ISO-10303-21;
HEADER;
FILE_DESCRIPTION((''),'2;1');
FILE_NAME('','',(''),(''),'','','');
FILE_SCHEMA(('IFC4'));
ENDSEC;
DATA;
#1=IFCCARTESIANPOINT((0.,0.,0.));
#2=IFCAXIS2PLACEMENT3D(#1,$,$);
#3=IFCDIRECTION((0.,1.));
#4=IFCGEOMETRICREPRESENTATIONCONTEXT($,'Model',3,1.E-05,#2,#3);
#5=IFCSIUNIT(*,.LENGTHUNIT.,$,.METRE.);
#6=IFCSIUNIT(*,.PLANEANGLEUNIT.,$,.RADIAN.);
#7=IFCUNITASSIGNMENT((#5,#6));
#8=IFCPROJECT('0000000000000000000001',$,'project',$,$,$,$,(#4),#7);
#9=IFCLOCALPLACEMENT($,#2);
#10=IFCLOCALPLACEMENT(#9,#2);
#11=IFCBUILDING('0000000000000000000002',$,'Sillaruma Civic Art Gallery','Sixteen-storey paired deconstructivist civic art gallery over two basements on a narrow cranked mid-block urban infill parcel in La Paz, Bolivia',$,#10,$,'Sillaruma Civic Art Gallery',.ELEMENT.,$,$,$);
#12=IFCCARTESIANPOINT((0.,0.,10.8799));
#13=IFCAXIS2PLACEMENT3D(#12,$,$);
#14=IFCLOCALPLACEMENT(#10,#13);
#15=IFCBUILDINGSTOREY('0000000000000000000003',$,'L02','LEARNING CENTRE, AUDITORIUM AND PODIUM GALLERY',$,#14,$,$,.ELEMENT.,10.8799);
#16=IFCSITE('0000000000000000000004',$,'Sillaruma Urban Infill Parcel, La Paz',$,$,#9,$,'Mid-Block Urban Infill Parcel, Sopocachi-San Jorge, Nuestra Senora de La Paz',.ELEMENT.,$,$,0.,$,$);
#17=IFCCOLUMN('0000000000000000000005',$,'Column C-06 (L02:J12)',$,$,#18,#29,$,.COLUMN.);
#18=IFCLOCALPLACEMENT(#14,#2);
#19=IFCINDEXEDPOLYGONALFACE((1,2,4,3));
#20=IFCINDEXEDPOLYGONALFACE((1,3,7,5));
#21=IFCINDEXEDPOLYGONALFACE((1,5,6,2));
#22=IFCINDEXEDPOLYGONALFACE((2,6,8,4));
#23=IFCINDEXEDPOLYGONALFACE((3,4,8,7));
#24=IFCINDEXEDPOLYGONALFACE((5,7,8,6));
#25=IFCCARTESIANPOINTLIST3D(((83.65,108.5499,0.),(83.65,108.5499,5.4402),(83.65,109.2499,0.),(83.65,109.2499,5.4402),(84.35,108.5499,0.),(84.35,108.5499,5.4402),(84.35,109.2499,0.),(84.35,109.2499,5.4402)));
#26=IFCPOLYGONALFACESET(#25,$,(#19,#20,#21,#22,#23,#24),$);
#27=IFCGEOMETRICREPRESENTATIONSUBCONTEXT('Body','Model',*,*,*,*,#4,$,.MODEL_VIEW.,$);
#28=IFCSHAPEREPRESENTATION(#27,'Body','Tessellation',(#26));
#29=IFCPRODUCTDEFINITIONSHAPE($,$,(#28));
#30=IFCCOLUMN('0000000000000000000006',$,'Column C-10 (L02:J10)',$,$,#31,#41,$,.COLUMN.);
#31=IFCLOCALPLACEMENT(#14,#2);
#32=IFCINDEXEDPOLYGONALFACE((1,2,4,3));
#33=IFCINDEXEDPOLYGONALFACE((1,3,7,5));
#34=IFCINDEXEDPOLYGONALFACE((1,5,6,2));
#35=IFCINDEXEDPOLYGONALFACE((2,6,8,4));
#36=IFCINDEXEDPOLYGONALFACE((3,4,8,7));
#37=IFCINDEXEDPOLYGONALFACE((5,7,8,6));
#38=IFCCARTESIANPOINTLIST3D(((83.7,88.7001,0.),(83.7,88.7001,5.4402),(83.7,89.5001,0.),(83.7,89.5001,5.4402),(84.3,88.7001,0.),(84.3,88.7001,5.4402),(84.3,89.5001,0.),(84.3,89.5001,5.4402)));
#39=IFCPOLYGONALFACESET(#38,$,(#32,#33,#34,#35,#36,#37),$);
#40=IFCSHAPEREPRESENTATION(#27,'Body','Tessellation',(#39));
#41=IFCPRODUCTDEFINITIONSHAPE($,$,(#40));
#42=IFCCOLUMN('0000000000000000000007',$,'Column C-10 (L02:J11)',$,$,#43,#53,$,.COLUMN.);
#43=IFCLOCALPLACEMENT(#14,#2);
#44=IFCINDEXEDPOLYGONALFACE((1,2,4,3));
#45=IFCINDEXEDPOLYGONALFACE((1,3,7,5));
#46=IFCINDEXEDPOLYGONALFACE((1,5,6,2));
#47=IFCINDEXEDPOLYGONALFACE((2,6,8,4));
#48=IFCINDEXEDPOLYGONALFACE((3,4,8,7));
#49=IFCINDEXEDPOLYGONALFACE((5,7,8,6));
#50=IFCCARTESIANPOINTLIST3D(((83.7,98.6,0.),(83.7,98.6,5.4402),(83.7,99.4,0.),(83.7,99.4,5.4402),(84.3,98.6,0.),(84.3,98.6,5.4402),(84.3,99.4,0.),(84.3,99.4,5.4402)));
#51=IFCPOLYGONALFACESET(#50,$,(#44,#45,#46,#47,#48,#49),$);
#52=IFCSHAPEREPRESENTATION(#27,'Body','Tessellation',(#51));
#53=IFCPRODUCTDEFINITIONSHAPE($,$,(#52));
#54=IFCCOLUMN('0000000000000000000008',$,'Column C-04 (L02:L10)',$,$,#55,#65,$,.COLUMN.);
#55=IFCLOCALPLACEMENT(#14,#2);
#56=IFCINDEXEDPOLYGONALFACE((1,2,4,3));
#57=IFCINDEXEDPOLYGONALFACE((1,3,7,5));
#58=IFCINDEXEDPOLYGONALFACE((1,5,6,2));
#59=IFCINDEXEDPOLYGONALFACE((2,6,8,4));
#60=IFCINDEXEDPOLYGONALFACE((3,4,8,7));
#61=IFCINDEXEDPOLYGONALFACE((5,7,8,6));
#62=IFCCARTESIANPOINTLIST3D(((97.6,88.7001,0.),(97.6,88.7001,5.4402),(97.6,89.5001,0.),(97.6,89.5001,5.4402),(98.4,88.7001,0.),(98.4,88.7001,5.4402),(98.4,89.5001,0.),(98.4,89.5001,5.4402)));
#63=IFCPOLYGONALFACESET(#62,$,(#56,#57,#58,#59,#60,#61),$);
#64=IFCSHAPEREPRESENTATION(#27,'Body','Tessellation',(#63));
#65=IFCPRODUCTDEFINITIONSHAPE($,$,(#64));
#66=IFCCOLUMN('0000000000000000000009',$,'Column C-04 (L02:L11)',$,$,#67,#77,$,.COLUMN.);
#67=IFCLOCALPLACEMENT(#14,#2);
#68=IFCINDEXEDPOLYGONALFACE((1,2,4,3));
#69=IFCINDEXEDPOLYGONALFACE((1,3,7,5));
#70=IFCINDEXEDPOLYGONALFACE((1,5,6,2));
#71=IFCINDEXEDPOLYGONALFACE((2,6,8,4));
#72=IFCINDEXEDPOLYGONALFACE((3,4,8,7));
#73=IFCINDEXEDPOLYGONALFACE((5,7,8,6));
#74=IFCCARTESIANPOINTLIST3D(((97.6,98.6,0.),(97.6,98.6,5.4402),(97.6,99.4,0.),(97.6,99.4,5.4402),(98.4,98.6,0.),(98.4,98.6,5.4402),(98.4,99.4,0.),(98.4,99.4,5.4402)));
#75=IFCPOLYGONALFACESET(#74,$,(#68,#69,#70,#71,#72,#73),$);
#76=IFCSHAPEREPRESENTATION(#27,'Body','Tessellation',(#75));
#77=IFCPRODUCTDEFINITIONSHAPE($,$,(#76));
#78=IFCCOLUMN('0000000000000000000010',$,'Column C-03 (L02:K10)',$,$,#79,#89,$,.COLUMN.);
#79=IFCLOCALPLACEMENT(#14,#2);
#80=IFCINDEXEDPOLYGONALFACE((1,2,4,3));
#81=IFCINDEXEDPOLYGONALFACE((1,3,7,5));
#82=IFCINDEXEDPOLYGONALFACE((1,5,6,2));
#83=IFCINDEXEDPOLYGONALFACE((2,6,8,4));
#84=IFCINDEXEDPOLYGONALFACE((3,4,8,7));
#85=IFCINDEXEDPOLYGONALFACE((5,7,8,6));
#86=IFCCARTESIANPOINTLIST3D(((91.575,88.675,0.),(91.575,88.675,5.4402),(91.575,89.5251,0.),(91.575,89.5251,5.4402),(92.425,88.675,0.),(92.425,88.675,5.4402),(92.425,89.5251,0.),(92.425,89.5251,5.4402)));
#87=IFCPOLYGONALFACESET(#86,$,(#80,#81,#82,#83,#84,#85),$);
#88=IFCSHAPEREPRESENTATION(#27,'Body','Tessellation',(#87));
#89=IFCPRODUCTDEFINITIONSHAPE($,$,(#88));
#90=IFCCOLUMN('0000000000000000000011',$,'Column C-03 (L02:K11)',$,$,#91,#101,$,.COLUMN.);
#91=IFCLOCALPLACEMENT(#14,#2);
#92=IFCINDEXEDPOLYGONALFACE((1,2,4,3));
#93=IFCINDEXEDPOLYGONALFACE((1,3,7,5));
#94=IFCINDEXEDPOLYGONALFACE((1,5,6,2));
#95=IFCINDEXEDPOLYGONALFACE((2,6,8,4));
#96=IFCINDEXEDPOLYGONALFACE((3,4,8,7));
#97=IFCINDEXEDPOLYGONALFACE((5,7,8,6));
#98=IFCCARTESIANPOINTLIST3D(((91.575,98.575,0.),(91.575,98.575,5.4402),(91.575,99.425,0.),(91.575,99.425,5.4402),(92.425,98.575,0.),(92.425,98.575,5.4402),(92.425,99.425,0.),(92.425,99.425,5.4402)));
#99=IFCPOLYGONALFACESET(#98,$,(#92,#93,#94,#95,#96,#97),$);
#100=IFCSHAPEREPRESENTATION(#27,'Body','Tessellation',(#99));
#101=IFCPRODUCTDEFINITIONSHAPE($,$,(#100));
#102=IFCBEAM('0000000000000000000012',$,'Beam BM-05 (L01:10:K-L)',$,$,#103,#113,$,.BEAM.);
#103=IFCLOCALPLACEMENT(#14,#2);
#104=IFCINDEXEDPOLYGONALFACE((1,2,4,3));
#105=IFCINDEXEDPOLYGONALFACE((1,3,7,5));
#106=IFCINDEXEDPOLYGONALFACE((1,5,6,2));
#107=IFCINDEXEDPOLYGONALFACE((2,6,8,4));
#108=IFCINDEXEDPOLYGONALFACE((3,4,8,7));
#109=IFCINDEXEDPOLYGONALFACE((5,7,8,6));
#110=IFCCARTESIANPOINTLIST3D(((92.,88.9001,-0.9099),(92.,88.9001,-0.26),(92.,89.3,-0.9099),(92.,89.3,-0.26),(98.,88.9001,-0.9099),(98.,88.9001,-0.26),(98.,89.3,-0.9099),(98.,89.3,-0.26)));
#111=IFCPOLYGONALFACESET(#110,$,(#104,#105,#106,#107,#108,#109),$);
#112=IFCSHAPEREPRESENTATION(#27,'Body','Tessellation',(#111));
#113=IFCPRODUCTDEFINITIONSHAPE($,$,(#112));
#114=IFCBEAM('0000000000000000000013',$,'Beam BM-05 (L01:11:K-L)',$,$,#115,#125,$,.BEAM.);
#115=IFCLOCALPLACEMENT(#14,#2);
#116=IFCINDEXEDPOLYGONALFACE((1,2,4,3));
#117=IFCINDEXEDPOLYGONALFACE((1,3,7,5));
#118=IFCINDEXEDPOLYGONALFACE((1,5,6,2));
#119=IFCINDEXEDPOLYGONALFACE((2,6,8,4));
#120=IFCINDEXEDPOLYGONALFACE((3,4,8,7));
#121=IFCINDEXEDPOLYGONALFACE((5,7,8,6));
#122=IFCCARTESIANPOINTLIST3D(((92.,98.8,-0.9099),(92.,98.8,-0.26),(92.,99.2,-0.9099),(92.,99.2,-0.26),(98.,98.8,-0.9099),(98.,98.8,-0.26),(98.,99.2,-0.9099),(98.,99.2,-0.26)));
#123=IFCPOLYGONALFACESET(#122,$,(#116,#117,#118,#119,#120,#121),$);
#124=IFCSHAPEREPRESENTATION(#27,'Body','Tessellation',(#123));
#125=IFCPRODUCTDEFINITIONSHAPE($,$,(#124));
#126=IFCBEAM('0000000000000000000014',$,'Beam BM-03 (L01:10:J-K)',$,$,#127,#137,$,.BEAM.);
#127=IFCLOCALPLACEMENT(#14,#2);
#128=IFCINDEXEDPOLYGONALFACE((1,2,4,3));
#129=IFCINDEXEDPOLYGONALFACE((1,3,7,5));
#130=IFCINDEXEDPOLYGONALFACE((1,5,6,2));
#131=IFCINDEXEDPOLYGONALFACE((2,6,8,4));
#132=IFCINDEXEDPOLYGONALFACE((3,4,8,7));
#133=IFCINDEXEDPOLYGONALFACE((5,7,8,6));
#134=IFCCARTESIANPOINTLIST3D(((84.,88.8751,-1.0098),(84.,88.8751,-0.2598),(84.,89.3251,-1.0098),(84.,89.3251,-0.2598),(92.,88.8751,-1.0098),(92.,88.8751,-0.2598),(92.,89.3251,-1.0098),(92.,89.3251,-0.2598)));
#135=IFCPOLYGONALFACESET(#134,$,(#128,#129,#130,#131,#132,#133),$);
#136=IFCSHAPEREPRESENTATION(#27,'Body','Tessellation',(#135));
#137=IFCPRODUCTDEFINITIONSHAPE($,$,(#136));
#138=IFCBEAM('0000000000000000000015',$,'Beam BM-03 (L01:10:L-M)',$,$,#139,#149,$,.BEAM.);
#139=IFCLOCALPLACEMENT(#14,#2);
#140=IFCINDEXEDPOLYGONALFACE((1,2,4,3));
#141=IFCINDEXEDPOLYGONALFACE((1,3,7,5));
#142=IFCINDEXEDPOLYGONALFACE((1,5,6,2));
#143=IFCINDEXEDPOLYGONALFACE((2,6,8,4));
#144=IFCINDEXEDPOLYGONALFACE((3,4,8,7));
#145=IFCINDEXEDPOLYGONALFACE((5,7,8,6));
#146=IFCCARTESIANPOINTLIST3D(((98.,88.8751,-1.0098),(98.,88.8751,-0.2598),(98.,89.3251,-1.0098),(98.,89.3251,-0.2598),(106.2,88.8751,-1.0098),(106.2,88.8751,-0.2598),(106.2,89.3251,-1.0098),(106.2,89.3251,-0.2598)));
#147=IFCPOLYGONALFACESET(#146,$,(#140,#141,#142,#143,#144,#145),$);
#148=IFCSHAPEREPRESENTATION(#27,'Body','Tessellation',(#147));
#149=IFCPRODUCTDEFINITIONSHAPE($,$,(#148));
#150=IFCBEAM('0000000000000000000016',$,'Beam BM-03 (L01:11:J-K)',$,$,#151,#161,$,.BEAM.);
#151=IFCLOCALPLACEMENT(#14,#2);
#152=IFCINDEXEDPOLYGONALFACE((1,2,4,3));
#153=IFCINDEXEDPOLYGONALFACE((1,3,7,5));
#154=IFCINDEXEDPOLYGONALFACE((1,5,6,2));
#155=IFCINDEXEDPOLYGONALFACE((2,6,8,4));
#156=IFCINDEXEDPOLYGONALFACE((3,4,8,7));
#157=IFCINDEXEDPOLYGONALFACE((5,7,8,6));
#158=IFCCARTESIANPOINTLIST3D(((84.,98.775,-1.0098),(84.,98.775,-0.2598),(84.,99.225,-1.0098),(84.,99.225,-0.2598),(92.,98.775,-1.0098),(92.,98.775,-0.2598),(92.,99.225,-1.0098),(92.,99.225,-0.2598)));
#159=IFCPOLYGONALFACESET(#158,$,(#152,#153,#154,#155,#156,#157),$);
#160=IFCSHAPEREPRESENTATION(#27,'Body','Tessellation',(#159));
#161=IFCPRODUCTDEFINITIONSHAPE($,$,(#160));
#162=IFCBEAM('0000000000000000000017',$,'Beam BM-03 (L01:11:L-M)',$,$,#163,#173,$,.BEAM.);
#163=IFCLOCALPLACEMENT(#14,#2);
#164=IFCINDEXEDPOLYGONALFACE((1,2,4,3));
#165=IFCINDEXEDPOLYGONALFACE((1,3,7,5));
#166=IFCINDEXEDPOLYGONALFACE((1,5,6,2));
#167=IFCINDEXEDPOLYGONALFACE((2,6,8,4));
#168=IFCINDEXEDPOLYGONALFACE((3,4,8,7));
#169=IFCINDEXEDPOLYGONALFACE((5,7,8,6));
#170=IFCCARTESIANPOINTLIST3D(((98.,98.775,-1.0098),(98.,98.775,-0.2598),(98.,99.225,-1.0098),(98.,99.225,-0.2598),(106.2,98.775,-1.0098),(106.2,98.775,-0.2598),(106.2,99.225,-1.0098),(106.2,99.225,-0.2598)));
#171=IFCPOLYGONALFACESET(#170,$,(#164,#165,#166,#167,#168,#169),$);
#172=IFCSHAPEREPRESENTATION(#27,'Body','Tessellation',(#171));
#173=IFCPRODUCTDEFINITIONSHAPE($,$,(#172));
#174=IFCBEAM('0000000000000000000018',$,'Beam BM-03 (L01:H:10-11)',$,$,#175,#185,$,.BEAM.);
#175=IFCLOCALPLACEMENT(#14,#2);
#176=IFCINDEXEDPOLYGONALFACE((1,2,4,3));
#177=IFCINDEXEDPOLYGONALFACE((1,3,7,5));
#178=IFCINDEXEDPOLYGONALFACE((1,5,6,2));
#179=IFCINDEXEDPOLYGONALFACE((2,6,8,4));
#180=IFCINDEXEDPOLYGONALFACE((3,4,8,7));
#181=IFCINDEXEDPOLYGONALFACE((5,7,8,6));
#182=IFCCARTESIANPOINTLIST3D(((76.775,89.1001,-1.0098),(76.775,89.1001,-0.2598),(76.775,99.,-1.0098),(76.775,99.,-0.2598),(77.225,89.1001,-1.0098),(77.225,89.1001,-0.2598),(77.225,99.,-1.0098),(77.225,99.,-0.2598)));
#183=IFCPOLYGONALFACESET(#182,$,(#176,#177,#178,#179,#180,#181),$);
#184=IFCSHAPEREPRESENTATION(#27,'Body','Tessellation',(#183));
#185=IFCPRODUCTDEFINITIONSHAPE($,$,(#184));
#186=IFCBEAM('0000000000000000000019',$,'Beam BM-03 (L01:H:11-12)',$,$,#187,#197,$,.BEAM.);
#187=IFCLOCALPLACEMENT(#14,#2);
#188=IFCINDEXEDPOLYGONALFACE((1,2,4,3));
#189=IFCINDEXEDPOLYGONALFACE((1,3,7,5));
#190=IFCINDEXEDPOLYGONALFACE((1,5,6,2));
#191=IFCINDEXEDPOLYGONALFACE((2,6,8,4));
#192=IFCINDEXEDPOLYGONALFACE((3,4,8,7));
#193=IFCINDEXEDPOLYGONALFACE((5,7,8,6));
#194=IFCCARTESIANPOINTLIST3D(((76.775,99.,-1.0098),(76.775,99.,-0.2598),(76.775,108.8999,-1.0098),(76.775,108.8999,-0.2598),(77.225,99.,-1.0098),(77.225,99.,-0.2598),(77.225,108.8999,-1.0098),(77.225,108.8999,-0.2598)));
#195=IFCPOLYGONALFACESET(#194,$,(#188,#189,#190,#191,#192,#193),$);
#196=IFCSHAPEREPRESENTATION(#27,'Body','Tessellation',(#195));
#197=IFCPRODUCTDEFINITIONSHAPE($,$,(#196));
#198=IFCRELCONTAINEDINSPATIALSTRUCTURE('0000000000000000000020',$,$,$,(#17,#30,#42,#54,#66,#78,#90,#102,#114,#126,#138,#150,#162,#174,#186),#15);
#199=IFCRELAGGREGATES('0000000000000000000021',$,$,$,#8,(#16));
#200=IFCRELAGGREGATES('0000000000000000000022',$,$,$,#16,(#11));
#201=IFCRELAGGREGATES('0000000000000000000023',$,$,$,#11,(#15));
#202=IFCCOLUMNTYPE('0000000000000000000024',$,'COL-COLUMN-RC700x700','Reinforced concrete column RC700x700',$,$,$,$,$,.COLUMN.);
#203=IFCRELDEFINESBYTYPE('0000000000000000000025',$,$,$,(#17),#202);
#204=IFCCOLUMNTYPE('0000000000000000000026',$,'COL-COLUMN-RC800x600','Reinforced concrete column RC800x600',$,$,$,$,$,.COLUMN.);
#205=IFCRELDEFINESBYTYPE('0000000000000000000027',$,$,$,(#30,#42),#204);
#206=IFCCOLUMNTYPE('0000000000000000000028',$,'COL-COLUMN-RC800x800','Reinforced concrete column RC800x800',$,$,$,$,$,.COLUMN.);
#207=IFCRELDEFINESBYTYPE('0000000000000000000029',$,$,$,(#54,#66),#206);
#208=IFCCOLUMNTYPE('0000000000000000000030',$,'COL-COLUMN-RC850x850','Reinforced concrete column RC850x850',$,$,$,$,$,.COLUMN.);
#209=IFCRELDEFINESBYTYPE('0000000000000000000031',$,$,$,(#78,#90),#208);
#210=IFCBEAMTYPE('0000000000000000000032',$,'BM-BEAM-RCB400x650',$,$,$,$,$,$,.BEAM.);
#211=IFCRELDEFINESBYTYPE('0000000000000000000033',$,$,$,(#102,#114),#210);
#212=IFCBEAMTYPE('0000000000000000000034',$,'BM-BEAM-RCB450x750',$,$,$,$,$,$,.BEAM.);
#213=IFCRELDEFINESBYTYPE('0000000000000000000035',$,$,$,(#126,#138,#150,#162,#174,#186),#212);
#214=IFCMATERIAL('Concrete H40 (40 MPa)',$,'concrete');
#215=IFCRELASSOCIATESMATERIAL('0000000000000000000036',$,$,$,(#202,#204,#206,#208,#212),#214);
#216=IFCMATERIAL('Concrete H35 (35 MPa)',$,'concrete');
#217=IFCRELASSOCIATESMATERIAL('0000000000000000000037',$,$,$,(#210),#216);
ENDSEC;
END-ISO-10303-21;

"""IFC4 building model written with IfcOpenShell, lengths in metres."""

from ifc_helpers import new_model, si_unit, direction, frame, origin, origin_2d, place, context, subcontext, project, spatial, rectangle, extrude, material, material_profile, profile_set, type_object, element, save


model = new_model("IFC4")

# Units and contexts
model_context = context("Model", 3, precision=1e-05, world=origin(), true_north=direction((0.0, 1.0)))
body_context = subcontext(model_context, "Body", "Model", "MODEL_VIEW")
ifc_project = project(units=[si_unit("LENGTHUNIT", "METRE"), si_unit("PLANEANGLEUNIT", "RADIAN")], contexts=[model_context])

# Site, building, storey
site_placement = place(None, origin())
site = spatial("IfcSite", under=ifc_project, at=site_placement, Name="Sillaruma Urban Infill Parcel, La Paz", LongName="Mid-Block Urban Infill Parcel, Sopocachi-San Jorge, Nuestra Senora de La Paz", CompositionType="ELEMENT", RefElevation=0.0)
building_placement = place(site_placement, origin())
building = spatial("IfcBuilding", under=site, at=building_placement, Name="Sillaruma Civic Art Gallery", Description="Sixteen-storey paired deconstructivist civic art gallery over two basements on a narrow cranked mid-block urban infill parcel in La Paz, Bolivia", LongName="Sillaruma Civic Art Gallery", CompositionType="ELEMENT")
storey_placement = place(building_placement, frame((0.0, 0.0, 10.8799)))
storey = spatial("IfcBuildingStorey", under=building, at=storey_placement, Name="L02", Description="LEARNING CENTRE, AUDITORIUM AND PODIUM GALLERY", CompositionType="ELEMENT", Elevation=10.8799)

# Columns
ifc_material_1 = material(Name="Concrete H40 (40 MPa)", Category="concrete")
ifc_material_profile_1 = material_profile(ifc_material_1, rectangle(XDim=0.7, YDim=0.7, at=origin_2d()), Name="RC700x700")
ifc_profile_set_1 = profile_set([ifc_material_profile_1], Name="Concrete H40 (40 MPa)")
column_type_1 = type_object("IfcColumnType", Name="COL-COLUMN-RC700x700", Description="Reinforced concrete column RC700x700", PredefinedType="COLUMN", material=ifc_profile_set_1)
column_placement = place(storey_placement, frame((84.0, 108.8999, 0.0), z_axis=(0.0, 0.0, 1.0), x_axis=(1.0, 0.0, 0.0)))
element("IfcColumn", 1, at=column_placement, inside=storey, type_object=column_type_1, Name="Column C-06 (L02:J12)", PredefinedType="COLUMN", context=body_context, shape_type="SweptSolid", body=[
    extrude(rectangle(XDim=0.7, YDim=0.7, at=origin_2d()), origin(), (0.0, 0.0, 1.0), 5.4402),
])
ifc_material_profile_2 = material_profile(ifc_material_1, rectangle(XDim=0.6001, YDim=0.8, at=origin_2d()), Name="RC800x600")
ifc_profile_set_2 = profile_set([ifc_material_profile_2], Name="Concrete H40 (40 MPa)")
column_type_2 = type_object("IfcColumnType", Name="COL-COLUMN-RC800x600", Description="Reinforced concrete column RC800x600", PredefinedType="COLUMN", material=ifc_profile_set_2)
for number, where, z_axis, x_axis, name in (
    (2, (84.0, 89.1001, 0.0), (0.0, 0.0, 1.0), (1.0, 0.0, 0.0), "Column C-10 (L02:J10)"),
    (3, (84.0, 99.0, 0.0), (0.0, 0.0, 1.0), (1.0, 0.0, 0.0), "Column C-10 (L02:J11)"),
):
    element("IfcColumn", number, at=place(storey_placement, frame(where, z_axis=z_axis, x_axis=x_axis)), inside=storey, type_object=column_type_2, Name=name, PredefinedType="COLUMN", context=body_context, shape_type="SweptSolid", body=[
        extrude(rectangle(XDim=0.6001, YDim=0.8, at=origin_2d()), origin(), (0.0, 0.0, 1.0), 5.4402),
    ])
ifc_material_profile_3 = material_profile(ifc_material_1, rectangle(XDim=0.8, YDim=0.8, at=origin_2d()), Name="RC800x800")
ifc_profile_set_3 = profile_set([ifc_material_profile_3], Name="Concrete H40 (40 MPa)")
column_type_3 = type_object("IfcColumnType", Name="COL-COLUMN-RC800x800", Description="Reinforced concrete column RC800x800", PredefinedType="COLUMN", material=ifc_profile_set_3)
for number, where, z_axis, x_axis, name in (
    (4, (98.0, 89.1001, 0.0), (0.0, 0.0, 1.0), (1.0, 0.0, 0.0), "Column C-04 (L02:L10)"),
    (5, (98.0, 99.0, 0.0), (0.0, 0.0, 1.0), (1.0, 0.0, 0.0), "Column C-04 (L02:L11)"),
):
    element("IfcColumn", number, at=place(storey_placement, frame(where, z_axis=z_axis, x_axis=x_axis)), inside=storey, type_object=column_type_3, Name=name, PredefinedType="COLUMN", context=body_context, shape_type="SweptSolid", body=[
        extrude(rectangle(XDim=0.8, YDim=0.8, at=origin_2d()), origin(), (0.0, 0.0, 1.0), 5.4402),
    ])
ifc_material_profile_4 = material_profile(ifc_material_1, rectangle(XDim=0.8501, YDim=0.8501, at=origin_2d()), Name="RC850x850")
ifc_profile_set_4 = profile_set([ifc_material_profile_4], Name="Concrete H40 (40 MPa)")
column_type_4 = type_object("IfcColumnType", Name="COL-COLUMN-RC850x850", Description="Reinforced concrete column RC850x850", PredefinedType="COLUMN", material=ifc_profile_set_4)
for number, where, z_axis, x_axis, name in (
    (6, (92.0, 89.1001, 0.0), (0.0, 0.0, 1.0), (1.0, 0.0, 0.0), "Column C-03 (L02:K10)"),
    (7, (92.0, 99.0, 0.0), (0.0, 0.0, 1.0), (1.0, 0.0, 0.0), "Column C-03 (L02:K11)"),
):
    element("IfcColumn", number, at=place(storey_placement, frame(where, z_axis=z_axis, x_axis=x_axis)), inside=storey, type_object=column_type_4, Name=name, PredefinedType="COLUMN", context=body_context, shape_type="SweptSolid", body=[
        extrude(rectangle(XDim=0.8501, YDim=0.8501, at=origin_2d()), origin(), (0.0, 0.0, 1.0), 5.4402),
    ])

# Beams
ifc_material_2 = material(Name="Concrete H35 (35 MPa)", Category="concrete")
ifc_material_profile_5 = material_profile(ifc_material_2, rectangle(XDim=0.3999, YDim=0.6499, at=origin_2d()), Name="RCB400x650")
ifc_profile_set_5 = profile_set([ifc_material_profile_5], Name="Concrete H35 (35 MPa)")
beam_type_1 = type_object("IfcBeamType", Name="BM-BEAM-RCB400x650", PredefinedType="BEAM", material=ifc_profile_set_5)
for number, where, z_axis, x_axis, name in (
    (8, (92.0, 89.1001, -0.585), (1.0, 0.0, 0.0), (0.0, 1.0, 0.0), "Beam BM-05 (L01:10:K-L)"),
    (9, (92.0, 99.0, -0.585), (1.0, 0.0, 0.0), (0.0, 1.0, 0.0), "Beam BM-05 (L01:11:K-L)"),
):
    element("IfcBeam", number, at=place(storey_placement, frame(where, z_axis=z_axis, x_axis=x_axis)), inside=storey, type_object=beam_type_1, Name=name, PredefinedType="BEAM", context=body_context, shape_type="SweptSolid", body=[
        extrude(rectangle(XDim=0.3999, YDim=0.6499, at=origin_2d()), origin(), (0.0, 0.0, 1.0), 6.0),
    ])
ifc_material_profile_6 = material_profile(ifc_material_1, rectangle(XDim=0.45, YDim=0.75, at=origin_2d()), Name="RCB450x750")
ifc_profile_set_6 = profile_set([ifc_material_profile_6], Name="Concrete H40 (40 MPa)")
beam_type_2 = type_object("IfcBeamType", Name="BM-BEAM-RCB450x750", PredefinedType="BEAM", material=ifc_profile_set_6)
beam_1_placement = place(storey_placement, frame((84.0, 89.1001, -0.6348), z_axis=(1.0, 0.0, 0.0), x_axis=(0.0, 1.0, 0.0)))
element("IfcBeam", 10, at=beam_1_placement, inside=storey, type_object=beam_type_2, Name="Beam BM-03 (L01:10:J-K)", PredefinedType="BEAM", context=body_context, shape_type="SweptSolid", body=[
    extrude(rectangle(XDim=0.45, YDim=0.75, at=origin_2d()), origin(), (0.0, 0.0, 1.0), 8.0),
])
beam_2_placement = place(storey_placement, frame((98.0, 89.1001, -0.6348), z_axis=(1.0, 0.0, 0.0), x_axis=(0.0, 1.0, 0.0)))
element("IfcBeam", 11, at=beam_2_placement, inside=storey, type_object=beam_type_2, Name="Beam BM-03 (L01:10:L-M)", PredefinedType="BEAM", context=body_context, shape_type="SweptSolid", body=[
    extrude(rectangle(XDim=0.45, YDim=0.75, at=origin_2d()), origin(), (0.0, 0.0, 1.0), 8.2),
])
beam_3_placement = place(storey_placement, frame((84.0, 99.0, -0.6348), z_axis=(1.0, 0.0, 0.0), x_axis=(0.0, 1.0, 0.0)))
element("IfcBeam", 12, at=beam_3_placement, inside=storey, type_object=beam_type_2, Name="Beam BM-03 (L01:11:J-K)", PredefinedType="BEAM", context=body_context, shape_type="SweptSolid", body=[
    extrude(rectangle(XDim=0.45, YDim=0.75, at=origin_2d()), origin(), (0.0, 0.0, 1.0), 8.0),
])
beam_4_placement = place(storey_placement, frame((98.0, 99.0, -0.6348), z_axis=(1.0, 0.0, 0.0), x_axis=(0.0, 1.0, 0.0)))
element("IfcBeam", 13, at=beam_4_placement, inside=storey, type_object=beam_type_2, Name="Beam BM-03 (L01:11:L-M)", PredefinedType="BEAM", context=body_context, shape_type="SweptSolid", body=[
    extrude(rectangle(XDim=0.45, YDim=0.75, at=origin_2d()), origin(), (0.0, 0.0, 1.0), 8.2),
])
for number, where, z_axis, x_axis, name in (
    (14, (77.0, 89.1001, -0.6348), (0.0, 1.0, 0.0), (-1.0, 0.0, 0.0), "Beam BM-03 (L01:H:10-11)"),
    (15, (77.0, 99.0, -0.6348), (0.0, 1.0, 0.0), (-1.0, 0.0, 0.0), "Beam BM-03 (L01:H:11-12)"),
):
    element("IfcBeam", number, at=place(storey_placement, frame(where, z_axis=z_axis, x_axis=x_axis)), inside=storey, type_object=beam_type_2, Name=name, PredefinedType="BEAM", context=body_context, shape_type="SweptSolid", body=[
        extrude(rectangle(XDim=0.45, YDim=0.75, at=origin_2d()), origin(), (0.0, 0.0, 1.0), 9.8999),
    ])

save(model, "model.ifc")
